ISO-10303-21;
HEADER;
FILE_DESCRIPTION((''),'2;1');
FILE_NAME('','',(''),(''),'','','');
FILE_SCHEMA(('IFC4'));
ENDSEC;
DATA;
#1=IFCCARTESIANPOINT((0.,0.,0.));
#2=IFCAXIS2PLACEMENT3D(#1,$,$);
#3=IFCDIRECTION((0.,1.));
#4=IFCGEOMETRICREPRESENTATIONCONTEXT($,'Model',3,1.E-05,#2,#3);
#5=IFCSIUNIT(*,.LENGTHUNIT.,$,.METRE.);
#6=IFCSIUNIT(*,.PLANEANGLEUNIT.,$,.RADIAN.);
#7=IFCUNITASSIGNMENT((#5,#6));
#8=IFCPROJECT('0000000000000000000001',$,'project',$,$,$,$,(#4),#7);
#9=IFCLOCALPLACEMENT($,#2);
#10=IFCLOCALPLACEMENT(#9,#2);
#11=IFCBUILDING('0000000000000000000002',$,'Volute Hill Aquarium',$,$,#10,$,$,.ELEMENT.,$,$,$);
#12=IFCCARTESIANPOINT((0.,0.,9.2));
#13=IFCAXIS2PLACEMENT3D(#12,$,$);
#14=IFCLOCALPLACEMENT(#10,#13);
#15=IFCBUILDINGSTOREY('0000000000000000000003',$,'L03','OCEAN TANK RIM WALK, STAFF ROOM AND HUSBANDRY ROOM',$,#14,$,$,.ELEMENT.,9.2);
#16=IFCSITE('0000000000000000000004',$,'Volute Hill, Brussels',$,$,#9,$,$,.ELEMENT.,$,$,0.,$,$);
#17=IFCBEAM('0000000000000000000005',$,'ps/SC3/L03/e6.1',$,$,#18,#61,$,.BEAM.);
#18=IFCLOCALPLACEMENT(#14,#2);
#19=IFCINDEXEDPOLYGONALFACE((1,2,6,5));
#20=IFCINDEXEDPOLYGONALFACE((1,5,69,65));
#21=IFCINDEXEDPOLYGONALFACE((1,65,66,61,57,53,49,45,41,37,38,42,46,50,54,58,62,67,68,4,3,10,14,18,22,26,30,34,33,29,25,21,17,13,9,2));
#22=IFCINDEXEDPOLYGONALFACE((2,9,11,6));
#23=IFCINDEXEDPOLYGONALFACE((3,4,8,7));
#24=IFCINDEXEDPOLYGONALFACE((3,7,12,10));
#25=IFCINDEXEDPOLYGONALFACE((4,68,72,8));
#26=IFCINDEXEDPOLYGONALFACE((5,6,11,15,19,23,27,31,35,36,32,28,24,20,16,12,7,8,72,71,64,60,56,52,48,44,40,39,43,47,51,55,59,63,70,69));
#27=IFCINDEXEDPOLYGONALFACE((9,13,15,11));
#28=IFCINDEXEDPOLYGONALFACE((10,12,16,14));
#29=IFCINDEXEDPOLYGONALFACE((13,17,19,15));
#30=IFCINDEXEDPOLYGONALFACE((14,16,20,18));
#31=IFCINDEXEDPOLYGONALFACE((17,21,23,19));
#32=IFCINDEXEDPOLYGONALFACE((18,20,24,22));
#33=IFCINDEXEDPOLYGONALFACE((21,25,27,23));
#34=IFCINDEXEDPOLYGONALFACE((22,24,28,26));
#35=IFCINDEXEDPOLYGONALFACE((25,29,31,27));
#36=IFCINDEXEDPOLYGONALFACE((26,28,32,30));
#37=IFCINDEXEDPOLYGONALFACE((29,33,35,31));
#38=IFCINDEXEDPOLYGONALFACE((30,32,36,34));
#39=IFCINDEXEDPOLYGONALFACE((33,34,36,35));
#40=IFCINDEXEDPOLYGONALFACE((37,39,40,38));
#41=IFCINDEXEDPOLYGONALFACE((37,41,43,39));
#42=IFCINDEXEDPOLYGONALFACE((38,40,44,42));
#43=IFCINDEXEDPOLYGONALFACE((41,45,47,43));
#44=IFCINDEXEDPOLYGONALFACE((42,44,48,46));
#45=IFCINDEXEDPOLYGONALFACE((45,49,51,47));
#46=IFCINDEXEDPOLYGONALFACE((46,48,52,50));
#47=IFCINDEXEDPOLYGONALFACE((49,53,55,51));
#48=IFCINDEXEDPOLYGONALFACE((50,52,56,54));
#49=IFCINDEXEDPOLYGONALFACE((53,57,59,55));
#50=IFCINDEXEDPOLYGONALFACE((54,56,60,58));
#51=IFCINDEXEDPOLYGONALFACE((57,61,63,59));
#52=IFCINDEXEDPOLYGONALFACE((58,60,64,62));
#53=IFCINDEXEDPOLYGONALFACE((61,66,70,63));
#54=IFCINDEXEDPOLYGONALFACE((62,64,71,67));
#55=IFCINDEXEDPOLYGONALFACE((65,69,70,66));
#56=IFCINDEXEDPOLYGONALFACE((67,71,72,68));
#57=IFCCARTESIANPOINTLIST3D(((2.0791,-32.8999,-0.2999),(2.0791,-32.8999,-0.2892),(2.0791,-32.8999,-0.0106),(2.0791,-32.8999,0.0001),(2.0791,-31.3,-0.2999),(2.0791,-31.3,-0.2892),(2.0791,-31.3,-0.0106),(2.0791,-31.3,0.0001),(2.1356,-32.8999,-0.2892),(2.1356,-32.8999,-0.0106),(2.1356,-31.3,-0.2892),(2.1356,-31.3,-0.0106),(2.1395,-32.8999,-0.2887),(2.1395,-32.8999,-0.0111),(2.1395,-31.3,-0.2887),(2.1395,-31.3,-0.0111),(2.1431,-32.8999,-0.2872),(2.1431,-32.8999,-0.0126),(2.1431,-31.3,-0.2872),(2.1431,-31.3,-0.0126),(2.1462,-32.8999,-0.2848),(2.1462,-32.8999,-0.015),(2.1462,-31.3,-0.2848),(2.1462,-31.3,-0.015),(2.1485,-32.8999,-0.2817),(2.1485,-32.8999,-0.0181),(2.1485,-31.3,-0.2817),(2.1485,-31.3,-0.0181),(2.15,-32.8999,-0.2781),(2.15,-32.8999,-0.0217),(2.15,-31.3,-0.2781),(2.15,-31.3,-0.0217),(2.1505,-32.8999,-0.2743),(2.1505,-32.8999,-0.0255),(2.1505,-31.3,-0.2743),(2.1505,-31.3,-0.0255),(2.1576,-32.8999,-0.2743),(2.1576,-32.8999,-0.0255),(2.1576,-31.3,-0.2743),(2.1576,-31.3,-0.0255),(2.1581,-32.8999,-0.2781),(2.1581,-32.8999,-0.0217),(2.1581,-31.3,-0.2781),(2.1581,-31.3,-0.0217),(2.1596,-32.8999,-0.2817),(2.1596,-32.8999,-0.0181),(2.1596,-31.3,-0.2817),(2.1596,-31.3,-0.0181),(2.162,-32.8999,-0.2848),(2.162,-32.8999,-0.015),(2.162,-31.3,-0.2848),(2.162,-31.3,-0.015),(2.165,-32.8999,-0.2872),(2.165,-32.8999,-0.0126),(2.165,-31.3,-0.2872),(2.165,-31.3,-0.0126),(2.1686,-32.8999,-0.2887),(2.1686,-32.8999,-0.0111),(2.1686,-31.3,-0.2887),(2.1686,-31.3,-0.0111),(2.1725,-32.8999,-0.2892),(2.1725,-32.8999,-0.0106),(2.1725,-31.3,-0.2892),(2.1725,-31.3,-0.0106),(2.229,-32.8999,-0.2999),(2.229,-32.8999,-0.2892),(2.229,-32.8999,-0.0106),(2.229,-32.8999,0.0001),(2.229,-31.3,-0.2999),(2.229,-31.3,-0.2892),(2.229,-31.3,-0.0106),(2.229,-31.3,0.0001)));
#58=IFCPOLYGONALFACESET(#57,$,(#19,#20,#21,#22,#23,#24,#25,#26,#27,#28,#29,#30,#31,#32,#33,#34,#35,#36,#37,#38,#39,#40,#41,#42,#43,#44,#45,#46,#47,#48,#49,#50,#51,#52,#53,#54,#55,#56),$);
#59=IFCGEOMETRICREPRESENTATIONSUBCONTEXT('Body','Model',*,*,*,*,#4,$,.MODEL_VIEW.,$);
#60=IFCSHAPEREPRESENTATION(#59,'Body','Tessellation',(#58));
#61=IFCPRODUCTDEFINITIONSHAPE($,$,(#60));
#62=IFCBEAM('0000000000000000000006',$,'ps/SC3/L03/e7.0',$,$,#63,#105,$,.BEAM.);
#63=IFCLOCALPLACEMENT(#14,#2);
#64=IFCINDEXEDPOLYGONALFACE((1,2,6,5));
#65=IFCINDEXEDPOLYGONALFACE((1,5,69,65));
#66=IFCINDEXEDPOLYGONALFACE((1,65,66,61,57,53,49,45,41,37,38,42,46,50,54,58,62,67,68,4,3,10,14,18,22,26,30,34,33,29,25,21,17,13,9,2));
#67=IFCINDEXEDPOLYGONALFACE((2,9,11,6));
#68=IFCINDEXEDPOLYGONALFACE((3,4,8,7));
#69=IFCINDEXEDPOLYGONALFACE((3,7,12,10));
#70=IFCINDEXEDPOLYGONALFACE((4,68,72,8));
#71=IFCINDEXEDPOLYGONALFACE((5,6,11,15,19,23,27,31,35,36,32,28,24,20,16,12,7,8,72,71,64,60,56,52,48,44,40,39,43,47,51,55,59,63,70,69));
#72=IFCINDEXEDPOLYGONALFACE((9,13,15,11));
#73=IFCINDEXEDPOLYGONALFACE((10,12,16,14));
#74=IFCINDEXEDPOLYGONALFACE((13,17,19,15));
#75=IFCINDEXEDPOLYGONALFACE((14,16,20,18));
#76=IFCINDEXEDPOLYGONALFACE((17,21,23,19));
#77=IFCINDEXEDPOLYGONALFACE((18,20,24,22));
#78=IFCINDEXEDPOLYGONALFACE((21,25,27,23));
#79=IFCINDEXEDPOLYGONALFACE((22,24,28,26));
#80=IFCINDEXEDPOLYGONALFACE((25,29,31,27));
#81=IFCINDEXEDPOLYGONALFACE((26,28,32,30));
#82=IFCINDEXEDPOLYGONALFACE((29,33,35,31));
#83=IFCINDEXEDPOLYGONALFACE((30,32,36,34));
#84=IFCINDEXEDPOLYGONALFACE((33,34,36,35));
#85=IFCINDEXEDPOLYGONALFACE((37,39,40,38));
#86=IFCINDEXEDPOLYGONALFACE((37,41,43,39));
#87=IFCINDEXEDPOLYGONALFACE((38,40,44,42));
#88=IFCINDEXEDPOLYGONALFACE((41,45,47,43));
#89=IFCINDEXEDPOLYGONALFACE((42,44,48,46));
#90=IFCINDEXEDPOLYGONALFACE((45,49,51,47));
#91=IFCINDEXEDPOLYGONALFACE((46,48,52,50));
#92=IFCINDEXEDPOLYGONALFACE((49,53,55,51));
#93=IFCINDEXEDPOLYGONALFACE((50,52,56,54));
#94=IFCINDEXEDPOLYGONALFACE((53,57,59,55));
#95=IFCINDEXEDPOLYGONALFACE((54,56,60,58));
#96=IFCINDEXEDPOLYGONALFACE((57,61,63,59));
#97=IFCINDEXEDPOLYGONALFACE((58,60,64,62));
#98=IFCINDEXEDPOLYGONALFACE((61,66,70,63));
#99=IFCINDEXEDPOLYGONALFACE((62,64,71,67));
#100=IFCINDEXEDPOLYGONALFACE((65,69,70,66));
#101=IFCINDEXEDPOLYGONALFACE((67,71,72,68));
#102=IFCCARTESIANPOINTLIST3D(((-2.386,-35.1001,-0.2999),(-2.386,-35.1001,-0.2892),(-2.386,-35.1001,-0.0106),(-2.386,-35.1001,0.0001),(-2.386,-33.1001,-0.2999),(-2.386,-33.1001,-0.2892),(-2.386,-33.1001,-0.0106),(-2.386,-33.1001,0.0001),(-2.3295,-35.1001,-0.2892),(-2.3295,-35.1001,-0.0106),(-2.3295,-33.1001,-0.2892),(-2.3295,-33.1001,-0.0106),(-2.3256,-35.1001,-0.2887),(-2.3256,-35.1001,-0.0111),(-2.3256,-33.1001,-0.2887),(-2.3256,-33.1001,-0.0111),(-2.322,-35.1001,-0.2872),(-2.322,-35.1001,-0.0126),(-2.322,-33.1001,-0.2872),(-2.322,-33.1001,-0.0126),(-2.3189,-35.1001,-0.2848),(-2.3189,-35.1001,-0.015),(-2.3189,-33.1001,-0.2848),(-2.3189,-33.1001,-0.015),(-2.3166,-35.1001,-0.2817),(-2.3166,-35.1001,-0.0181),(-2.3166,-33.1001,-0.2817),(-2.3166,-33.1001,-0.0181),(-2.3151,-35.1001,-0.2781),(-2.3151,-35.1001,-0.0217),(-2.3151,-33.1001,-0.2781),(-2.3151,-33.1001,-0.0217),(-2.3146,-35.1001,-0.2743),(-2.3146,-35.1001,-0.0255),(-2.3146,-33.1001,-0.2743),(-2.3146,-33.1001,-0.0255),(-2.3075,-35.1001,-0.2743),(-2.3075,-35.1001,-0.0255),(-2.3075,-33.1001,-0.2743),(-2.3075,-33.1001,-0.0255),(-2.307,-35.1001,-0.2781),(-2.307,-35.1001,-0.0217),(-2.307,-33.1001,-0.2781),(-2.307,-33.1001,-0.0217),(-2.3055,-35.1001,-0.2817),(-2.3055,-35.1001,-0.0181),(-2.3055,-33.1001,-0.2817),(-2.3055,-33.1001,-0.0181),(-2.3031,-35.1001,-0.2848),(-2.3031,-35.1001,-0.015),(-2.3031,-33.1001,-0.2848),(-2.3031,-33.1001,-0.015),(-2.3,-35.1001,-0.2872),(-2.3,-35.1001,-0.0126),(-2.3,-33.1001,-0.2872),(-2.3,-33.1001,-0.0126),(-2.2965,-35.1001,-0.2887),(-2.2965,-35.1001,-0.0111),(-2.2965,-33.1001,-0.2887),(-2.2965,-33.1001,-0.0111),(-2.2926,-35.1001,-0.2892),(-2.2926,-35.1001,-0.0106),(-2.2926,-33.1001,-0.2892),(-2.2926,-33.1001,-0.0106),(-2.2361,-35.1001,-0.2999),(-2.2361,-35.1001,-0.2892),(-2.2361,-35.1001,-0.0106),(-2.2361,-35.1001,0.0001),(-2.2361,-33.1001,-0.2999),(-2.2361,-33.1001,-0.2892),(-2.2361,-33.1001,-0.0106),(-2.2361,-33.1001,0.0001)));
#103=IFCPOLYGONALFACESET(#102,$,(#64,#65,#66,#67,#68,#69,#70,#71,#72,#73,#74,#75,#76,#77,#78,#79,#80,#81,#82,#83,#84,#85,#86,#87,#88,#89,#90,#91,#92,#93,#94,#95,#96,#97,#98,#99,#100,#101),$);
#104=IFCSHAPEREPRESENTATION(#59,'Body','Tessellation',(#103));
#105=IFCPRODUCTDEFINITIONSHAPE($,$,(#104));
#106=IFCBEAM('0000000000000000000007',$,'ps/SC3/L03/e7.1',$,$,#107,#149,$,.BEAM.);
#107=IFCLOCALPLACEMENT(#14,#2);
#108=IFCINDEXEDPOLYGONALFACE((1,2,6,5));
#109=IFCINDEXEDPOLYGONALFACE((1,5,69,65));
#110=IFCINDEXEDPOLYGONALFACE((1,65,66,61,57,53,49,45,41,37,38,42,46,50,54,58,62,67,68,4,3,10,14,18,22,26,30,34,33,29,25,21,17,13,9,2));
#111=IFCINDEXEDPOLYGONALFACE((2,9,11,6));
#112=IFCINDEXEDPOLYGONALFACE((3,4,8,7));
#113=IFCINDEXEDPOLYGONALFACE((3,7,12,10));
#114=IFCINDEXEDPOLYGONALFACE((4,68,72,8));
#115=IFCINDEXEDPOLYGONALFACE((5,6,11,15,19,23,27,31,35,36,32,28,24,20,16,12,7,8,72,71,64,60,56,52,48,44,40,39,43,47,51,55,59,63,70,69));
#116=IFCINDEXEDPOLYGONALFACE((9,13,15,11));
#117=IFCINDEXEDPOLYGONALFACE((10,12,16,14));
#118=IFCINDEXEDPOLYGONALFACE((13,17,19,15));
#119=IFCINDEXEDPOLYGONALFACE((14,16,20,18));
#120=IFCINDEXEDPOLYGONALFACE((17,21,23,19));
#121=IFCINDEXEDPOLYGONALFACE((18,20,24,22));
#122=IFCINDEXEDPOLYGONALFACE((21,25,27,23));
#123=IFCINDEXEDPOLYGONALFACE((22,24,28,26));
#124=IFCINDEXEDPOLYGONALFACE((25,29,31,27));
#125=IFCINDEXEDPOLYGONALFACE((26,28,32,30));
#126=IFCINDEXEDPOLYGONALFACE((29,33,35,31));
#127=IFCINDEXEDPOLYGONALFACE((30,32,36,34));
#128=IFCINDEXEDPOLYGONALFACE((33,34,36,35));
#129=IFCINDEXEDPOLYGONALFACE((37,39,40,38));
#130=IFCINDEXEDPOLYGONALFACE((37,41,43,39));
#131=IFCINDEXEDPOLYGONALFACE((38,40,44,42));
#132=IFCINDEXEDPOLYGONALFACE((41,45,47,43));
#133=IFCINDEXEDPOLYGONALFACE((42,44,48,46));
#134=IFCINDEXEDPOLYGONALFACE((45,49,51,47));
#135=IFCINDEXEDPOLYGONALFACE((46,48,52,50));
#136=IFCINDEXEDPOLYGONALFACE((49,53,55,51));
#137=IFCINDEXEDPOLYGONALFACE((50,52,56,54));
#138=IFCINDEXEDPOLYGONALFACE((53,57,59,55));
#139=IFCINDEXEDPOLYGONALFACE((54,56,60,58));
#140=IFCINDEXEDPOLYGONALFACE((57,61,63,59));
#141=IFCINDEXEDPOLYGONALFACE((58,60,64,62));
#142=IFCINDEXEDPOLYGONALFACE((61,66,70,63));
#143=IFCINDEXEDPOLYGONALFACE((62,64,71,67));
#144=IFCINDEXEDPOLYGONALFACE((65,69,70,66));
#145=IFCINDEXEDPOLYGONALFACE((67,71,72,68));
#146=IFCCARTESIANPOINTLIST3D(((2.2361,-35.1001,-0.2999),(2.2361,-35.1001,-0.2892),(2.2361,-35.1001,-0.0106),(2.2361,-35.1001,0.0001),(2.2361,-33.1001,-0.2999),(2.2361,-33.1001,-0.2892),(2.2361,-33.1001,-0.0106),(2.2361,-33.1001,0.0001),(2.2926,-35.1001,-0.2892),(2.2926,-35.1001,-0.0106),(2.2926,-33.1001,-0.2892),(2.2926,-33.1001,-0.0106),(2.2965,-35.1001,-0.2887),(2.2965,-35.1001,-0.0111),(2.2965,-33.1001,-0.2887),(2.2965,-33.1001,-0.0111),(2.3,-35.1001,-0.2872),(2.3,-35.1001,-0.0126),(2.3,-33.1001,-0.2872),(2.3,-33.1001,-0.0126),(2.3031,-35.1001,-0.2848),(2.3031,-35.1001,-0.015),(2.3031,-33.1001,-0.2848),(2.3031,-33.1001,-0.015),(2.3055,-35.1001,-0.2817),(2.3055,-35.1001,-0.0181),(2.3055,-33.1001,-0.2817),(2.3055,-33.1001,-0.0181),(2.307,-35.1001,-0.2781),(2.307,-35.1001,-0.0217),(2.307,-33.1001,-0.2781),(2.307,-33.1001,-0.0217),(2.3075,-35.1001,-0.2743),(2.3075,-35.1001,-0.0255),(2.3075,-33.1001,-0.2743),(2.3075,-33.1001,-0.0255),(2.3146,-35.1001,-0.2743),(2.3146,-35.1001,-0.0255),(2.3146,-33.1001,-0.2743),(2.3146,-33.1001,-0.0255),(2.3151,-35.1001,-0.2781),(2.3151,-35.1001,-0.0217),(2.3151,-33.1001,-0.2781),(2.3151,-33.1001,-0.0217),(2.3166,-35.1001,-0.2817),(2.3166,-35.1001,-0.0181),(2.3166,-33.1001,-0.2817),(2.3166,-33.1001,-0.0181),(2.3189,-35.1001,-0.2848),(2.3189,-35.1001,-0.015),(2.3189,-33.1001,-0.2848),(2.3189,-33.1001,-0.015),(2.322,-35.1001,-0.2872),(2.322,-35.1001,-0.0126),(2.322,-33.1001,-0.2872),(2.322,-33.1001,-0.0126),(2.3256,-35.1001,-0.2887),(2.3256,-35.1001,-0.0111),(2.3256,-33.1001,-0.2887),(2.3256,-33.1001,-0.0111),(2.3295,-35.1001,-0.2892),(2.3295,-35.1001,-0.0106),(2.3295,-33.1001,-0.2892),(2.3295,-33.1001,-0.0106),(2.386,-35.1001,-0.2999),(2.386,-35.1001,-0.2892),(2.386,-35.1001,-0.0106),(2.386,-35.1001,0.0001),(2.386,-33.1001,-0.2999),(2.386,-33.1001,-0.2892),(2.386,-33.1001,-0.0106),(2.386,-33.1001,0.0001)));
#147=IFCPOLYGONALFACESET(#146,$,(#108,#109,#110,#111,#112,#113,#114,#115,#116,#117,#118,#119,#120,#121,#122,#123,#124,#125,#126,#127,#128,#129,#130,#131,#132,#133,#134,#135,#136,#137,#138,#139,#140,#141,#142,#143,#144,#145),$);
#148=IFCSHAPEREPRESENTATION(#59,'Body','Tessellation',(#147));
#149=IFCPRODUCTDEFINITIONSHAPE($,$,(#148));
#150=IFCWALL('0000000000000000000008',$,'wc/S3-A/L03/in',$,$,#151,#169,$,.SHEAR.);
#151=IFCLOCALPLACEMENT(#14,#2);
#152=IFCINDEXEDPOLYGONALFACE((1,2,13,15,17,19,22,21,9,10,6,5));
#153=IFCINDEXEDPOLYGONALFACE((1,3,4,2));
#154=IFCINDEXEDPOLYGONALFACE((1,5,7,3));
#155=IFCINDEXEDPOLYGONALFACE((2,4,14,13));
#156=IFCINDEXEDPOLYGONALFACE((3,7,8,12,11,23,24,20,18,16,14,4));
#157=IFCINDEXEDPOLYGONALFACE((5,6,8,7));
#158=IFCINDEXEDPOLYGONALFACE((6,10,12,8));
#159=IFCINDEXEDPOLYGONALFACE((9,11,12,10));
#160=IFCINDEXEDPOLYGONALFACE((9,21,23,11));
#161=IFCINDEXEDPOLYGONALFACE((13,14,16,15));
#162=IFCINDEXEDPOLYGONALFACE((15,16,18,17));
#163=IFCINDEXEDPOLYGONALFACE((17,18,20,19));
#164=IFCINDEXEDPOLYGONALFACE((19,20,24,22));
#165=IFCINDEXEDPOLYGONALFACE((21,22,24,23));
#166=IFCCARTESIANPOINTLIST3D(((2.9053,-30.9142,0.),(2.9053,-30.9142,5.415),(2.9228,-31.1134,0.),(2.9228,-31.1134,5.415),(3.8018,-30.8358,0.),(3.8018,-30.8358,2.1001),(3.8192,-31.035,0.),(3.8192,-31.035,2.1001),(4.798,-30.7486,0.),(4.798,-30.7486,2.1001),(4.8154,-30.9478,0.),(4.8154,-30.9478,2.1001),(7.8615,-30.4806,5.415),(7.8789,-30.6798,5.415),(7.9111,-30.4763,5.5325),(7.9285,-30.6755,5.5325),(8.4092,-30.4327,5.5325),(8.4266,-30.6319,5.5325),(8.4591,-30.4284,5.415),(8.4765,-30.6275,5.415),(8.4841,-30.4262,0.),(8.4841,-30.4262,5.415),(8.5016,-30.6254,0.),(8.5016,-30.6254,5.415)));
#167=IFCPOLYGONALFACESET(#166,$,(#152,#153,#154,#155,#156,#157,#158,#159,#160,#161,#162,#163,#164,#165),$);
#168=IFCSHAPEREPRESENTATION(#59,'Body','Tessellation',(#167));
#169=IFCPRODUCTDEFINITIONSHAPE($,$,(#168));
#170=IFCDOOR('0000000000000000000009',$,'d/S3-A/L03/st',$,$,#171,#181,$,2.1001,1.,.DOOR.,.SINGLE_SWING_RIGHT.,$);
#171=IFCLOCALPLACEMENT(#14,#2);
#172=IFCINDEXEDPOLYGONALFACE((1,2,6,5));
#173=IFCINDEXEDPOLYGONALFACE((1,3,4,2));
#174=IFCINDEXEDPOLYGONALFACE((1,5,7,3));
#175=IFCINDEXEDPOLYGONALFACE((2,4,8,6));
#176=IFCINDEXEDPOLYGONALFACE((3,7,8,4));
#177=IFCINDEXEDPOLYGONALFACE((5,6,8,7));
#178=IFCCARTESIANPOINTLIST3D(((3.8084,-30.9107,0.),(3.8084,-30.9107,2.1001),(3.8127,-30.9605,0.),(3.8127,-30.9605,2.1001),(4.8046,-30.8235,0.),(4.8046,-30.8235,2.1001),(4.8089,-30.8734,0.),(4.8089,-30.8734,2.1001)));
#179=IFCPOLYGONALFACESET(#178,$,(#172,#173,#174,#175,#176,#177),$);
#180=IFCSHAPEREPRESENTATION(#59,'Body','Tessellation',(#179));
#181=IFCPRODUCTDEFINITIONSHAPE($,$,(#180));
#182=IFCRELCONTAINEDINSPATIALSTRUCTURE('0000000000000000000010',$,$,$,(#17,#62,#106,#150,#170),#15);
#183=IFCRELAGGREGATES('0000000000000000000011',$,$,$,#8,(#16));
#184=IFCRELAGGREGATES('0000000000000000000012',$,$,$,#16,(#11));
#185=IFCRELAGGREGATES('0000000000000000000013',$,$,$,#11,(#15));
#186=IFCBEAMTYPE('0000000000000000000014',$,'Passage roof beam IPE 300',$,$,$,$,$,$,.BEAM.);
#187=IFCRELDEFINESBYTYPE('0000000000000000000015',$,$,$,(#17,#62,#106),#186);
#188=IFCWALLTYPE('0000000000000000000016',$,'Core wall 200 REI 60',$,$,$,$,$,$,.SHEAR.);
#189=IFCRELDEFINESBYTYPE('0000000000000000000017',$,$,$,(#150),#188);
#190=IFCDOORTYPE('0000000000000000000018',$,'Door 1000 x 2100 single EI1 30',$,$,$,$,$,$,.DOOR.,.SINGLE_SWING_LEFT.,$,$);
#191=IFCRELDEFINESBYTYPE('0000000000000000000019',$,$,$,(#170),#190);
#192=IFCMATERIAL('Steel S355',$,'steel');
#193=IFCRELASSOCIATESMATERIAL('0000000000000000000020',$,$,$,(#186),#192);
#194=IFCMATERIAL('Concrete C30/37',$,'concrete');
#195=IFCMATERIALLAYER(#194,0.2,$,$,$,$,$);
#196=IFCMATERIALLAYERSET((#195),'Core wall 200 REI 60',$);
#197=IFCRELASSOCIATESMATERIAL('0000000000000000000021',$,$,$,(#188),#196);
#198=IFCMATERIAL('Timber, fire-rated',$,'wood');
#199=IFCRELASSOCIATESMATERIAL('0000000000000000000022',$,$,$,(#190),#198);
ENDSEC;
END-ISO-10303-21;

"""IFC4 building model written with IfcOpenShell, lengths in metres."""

from ifc_helpers import new_model, si_unit, direction, frame, frame_2d, origin, origin_2d, place, context, subcontext, project, spatial, polyline, rectangle, i_section, outline, extrude, material, layer, layer_set, material_profile, profile_set, type_object, element, fill, save


model = new_model("IFC4")

# Units and contexts
model_context = context("Model", 3, precision=1e-05, world=origin(), true_north=direction((0.0, 1.0)))
body_context = subcontext(model_context, "Body", "Model", "MODEL_VIEW")
ifc_project = project(units=[si_unit("LENGTHUNIT", "METRE"), si_unit("PLANEANGLEUNIT", "RADIAN")], contexts=[model_context])

# Site, building, storey
site_placement = place(None, origin())
site = spatial("IfcSite", under=ifc_project, at=site_placement, Name="Volute Hill, Brussels", CompositionType="ELEMENT", RefElevation=0.0)
building_placement = place(site_placement, origin())
building = spatial("IfcBuilding", under=site, at=building_placement, Name="Volute Hill Aquarium", CompositionType="ELEMENT")
storey_placement = place(building_placement, frame((0.0, 0.0, 9.2)))
storey = spatial("IfcBuildingStorey", under=building, at=storey_placement, Name="L03", Description="OCEAN TANK RIM WALK, STAFF ROOM AND HUSBANDRY ROOM", CompositionType="ELEMENT", Elevation=9.2)

# Beams
ifc_material_1 = material(Name="Steel S355", Category="steel")
ifc_material_profile_1 = material_profile(ifc_material_1, i_section(OverallWidth=0.1499, OverallDepth=0.3, WebThickness=0.0071, FlangeThickness=0.0107, FilletRadius=0.0149, at=origin_2d()), Name="IPE 300")
ifc_profile_set_1 = profile_set([ifc_material_profile_1], Name="Steel S355")
beam_type_1 = type_object("IfcBeamType", Name="Passage roof beam IPE 300", PredefinedType="BEAM", material=ifc_profile_set_1)
for number, where, z_axis, x_axis, name in (
    (1, (2.1541, -31.3, -0.1499), (0.0, -1.0, 0.0), (1.0, 0.0, 0.0), "ps/SC3/L03/e6.1"),
):
    element("IfcBeam", number, at=place(storey_placement, frame(where, z_axis=z_axis, x_axis=x_axis)), inside=storey, type_object=beam_type_1, Name=name, PredefinedType="BEAM", context=body_context, shape_type="SweptSolid", body=[
        extrude(i_section(OverallWidth=0.1499, OverallDepth=0.3, WebThickness=0.0071, FlangeThickness=0.0107, FilletRadius=0.0149, at=origin_2d()), origin(), (0.0, 0.0, 1.0), 1.5999),
    ])
for number, where, z_axis, x_axis, name in (
    (2, (-2.311, -33.1001, -0.1499), (0.0, -1.0, 0.0), (1.0, 0.0, 0.0), "ps/SC3/L03/e7.0"),
    (3, (2.311, -33.1001, -0.1499), (0.0, -1.0, 0.0), (1.0, 0.0, 0.0), "ps/SC3/L03/e7.1"),
):
    element("IfcBeam", number, at=place(storey_placement, frame(where, z_axis=z_axis, x_axis=x_axis)), inside=storey, type_object=beam_type_1, Name=name, PredefinedType="BEAM", context=body_context, shape_type="SweptSolid", body=[
        extrude(i_section(OverallWidth=0.1499, OverallDepth=0.3, WebThickness=0.0071, FlangeThickness=0.0107, FilletRadius=0.0149, at=origin_2d()), origin(), (0.0, 0.0, 1.0), 2.0),
    ])

# Wall, opening, door
ifc_material_2 = material(Name="Concrete C30/37", Category="concrete")
ifc_layer_1 = layer(ifc_material_2, 0.2)
ifc_layer_set_1 = layer_set([ifc_layer_1], Name="Core wall 200 REI 60")
wall_type_1 = type_object("IfcWallType", Name="Core wall 200 REI 60", PredefinedType="SHEAR", material=ifc_layer_set_1)
wall_1_placement = place(storey_placement, frame((2.9141, -31.0139, 0.0), z_axis=(0.0, 0.0, 1.0), x_axis=(0.996195, 0.087147, 0.0)))
wall_1 = element("IfcWall", 4, at=wall_1_placement, inside=storey, type_object=wall_type_1, Name="wc/S3-A/L03/in", PredefinedType="SHEAR", context=body_context, shape_type="SweptSolid", body=[
    extrude(outline(polyline([(0.0, 0.0), (5.6001, 0.0), (5.6001, 5.415), (5.575, 5.415), (5.5249, 5.5325), (5.0249, 5.5325), (4.9751, 5.415), (0.0, 5.415), (0.0, 0.0)])), frame((0.0, 0.1001, 0.0), z_axis=(0.0, -1.0, 0.0), x_axis=(1.0, 0.0, 0.0)), (0.0, 0.0, 1.0), 0.2),
])
opening_1_placement = place(wall_1_placement, frame((0.8999, 0.0, 0.0)))
opening_1 = element("IfcOpeningElement", 5, at=opening_1_placement, cuts=wall_1, PredefinedType="OPENING", context=body_context, shape_type="SweptSolid", body=[
    extrude(rectangle(XDim=1.0, YDim=2.1001, at=frame_2d((0.5, 1.05))), frame((0.0, 0.1099, 0.0), z_axis=(0.0, -1.0, 0.0), x_axis=(1.0, 0.0, 0.0)), (0.0, 0.0, 1.0), 0.22),
])
ifc_material_3 = material(Name="Timber, fire-rated", Category="wood")
door_type_1 = type_object("IfcDoorType", Name="Door 1000 x 2100 single EI1 30", OperationType="SINGLE_SWING_LEFT", PredefinedType="DOOR", material=ifc_material_3)
door_1_placement = place(opening_1_placement, origin())
door_1 = element("IfcDoor", 6, at=door_1_placement, inside=storey, type_object=door_type_1, Name="d/S3-A/L03/st", OperationType="SINGLE_SWING_RIGHT", OverallHeight=2.1001, OverallWidth=1.0, PredefinedType="DOOR", context=body_context, shape_type="SweptSolid", body=[
    extrude(rectangle(XDim=1.0, YDim=2.1001, at=frame_2d((0.5, 1.05))), frame((0.0, 0.0249, 0.0), z_axis=(0.0, -1.0, 0.0), x_axis=(1.0, 0.0, 0.0)), (0.0, 0.0, 1.0), 0.05),
])
fill(opening_1, door_1)

save(model, "model.ifc")
